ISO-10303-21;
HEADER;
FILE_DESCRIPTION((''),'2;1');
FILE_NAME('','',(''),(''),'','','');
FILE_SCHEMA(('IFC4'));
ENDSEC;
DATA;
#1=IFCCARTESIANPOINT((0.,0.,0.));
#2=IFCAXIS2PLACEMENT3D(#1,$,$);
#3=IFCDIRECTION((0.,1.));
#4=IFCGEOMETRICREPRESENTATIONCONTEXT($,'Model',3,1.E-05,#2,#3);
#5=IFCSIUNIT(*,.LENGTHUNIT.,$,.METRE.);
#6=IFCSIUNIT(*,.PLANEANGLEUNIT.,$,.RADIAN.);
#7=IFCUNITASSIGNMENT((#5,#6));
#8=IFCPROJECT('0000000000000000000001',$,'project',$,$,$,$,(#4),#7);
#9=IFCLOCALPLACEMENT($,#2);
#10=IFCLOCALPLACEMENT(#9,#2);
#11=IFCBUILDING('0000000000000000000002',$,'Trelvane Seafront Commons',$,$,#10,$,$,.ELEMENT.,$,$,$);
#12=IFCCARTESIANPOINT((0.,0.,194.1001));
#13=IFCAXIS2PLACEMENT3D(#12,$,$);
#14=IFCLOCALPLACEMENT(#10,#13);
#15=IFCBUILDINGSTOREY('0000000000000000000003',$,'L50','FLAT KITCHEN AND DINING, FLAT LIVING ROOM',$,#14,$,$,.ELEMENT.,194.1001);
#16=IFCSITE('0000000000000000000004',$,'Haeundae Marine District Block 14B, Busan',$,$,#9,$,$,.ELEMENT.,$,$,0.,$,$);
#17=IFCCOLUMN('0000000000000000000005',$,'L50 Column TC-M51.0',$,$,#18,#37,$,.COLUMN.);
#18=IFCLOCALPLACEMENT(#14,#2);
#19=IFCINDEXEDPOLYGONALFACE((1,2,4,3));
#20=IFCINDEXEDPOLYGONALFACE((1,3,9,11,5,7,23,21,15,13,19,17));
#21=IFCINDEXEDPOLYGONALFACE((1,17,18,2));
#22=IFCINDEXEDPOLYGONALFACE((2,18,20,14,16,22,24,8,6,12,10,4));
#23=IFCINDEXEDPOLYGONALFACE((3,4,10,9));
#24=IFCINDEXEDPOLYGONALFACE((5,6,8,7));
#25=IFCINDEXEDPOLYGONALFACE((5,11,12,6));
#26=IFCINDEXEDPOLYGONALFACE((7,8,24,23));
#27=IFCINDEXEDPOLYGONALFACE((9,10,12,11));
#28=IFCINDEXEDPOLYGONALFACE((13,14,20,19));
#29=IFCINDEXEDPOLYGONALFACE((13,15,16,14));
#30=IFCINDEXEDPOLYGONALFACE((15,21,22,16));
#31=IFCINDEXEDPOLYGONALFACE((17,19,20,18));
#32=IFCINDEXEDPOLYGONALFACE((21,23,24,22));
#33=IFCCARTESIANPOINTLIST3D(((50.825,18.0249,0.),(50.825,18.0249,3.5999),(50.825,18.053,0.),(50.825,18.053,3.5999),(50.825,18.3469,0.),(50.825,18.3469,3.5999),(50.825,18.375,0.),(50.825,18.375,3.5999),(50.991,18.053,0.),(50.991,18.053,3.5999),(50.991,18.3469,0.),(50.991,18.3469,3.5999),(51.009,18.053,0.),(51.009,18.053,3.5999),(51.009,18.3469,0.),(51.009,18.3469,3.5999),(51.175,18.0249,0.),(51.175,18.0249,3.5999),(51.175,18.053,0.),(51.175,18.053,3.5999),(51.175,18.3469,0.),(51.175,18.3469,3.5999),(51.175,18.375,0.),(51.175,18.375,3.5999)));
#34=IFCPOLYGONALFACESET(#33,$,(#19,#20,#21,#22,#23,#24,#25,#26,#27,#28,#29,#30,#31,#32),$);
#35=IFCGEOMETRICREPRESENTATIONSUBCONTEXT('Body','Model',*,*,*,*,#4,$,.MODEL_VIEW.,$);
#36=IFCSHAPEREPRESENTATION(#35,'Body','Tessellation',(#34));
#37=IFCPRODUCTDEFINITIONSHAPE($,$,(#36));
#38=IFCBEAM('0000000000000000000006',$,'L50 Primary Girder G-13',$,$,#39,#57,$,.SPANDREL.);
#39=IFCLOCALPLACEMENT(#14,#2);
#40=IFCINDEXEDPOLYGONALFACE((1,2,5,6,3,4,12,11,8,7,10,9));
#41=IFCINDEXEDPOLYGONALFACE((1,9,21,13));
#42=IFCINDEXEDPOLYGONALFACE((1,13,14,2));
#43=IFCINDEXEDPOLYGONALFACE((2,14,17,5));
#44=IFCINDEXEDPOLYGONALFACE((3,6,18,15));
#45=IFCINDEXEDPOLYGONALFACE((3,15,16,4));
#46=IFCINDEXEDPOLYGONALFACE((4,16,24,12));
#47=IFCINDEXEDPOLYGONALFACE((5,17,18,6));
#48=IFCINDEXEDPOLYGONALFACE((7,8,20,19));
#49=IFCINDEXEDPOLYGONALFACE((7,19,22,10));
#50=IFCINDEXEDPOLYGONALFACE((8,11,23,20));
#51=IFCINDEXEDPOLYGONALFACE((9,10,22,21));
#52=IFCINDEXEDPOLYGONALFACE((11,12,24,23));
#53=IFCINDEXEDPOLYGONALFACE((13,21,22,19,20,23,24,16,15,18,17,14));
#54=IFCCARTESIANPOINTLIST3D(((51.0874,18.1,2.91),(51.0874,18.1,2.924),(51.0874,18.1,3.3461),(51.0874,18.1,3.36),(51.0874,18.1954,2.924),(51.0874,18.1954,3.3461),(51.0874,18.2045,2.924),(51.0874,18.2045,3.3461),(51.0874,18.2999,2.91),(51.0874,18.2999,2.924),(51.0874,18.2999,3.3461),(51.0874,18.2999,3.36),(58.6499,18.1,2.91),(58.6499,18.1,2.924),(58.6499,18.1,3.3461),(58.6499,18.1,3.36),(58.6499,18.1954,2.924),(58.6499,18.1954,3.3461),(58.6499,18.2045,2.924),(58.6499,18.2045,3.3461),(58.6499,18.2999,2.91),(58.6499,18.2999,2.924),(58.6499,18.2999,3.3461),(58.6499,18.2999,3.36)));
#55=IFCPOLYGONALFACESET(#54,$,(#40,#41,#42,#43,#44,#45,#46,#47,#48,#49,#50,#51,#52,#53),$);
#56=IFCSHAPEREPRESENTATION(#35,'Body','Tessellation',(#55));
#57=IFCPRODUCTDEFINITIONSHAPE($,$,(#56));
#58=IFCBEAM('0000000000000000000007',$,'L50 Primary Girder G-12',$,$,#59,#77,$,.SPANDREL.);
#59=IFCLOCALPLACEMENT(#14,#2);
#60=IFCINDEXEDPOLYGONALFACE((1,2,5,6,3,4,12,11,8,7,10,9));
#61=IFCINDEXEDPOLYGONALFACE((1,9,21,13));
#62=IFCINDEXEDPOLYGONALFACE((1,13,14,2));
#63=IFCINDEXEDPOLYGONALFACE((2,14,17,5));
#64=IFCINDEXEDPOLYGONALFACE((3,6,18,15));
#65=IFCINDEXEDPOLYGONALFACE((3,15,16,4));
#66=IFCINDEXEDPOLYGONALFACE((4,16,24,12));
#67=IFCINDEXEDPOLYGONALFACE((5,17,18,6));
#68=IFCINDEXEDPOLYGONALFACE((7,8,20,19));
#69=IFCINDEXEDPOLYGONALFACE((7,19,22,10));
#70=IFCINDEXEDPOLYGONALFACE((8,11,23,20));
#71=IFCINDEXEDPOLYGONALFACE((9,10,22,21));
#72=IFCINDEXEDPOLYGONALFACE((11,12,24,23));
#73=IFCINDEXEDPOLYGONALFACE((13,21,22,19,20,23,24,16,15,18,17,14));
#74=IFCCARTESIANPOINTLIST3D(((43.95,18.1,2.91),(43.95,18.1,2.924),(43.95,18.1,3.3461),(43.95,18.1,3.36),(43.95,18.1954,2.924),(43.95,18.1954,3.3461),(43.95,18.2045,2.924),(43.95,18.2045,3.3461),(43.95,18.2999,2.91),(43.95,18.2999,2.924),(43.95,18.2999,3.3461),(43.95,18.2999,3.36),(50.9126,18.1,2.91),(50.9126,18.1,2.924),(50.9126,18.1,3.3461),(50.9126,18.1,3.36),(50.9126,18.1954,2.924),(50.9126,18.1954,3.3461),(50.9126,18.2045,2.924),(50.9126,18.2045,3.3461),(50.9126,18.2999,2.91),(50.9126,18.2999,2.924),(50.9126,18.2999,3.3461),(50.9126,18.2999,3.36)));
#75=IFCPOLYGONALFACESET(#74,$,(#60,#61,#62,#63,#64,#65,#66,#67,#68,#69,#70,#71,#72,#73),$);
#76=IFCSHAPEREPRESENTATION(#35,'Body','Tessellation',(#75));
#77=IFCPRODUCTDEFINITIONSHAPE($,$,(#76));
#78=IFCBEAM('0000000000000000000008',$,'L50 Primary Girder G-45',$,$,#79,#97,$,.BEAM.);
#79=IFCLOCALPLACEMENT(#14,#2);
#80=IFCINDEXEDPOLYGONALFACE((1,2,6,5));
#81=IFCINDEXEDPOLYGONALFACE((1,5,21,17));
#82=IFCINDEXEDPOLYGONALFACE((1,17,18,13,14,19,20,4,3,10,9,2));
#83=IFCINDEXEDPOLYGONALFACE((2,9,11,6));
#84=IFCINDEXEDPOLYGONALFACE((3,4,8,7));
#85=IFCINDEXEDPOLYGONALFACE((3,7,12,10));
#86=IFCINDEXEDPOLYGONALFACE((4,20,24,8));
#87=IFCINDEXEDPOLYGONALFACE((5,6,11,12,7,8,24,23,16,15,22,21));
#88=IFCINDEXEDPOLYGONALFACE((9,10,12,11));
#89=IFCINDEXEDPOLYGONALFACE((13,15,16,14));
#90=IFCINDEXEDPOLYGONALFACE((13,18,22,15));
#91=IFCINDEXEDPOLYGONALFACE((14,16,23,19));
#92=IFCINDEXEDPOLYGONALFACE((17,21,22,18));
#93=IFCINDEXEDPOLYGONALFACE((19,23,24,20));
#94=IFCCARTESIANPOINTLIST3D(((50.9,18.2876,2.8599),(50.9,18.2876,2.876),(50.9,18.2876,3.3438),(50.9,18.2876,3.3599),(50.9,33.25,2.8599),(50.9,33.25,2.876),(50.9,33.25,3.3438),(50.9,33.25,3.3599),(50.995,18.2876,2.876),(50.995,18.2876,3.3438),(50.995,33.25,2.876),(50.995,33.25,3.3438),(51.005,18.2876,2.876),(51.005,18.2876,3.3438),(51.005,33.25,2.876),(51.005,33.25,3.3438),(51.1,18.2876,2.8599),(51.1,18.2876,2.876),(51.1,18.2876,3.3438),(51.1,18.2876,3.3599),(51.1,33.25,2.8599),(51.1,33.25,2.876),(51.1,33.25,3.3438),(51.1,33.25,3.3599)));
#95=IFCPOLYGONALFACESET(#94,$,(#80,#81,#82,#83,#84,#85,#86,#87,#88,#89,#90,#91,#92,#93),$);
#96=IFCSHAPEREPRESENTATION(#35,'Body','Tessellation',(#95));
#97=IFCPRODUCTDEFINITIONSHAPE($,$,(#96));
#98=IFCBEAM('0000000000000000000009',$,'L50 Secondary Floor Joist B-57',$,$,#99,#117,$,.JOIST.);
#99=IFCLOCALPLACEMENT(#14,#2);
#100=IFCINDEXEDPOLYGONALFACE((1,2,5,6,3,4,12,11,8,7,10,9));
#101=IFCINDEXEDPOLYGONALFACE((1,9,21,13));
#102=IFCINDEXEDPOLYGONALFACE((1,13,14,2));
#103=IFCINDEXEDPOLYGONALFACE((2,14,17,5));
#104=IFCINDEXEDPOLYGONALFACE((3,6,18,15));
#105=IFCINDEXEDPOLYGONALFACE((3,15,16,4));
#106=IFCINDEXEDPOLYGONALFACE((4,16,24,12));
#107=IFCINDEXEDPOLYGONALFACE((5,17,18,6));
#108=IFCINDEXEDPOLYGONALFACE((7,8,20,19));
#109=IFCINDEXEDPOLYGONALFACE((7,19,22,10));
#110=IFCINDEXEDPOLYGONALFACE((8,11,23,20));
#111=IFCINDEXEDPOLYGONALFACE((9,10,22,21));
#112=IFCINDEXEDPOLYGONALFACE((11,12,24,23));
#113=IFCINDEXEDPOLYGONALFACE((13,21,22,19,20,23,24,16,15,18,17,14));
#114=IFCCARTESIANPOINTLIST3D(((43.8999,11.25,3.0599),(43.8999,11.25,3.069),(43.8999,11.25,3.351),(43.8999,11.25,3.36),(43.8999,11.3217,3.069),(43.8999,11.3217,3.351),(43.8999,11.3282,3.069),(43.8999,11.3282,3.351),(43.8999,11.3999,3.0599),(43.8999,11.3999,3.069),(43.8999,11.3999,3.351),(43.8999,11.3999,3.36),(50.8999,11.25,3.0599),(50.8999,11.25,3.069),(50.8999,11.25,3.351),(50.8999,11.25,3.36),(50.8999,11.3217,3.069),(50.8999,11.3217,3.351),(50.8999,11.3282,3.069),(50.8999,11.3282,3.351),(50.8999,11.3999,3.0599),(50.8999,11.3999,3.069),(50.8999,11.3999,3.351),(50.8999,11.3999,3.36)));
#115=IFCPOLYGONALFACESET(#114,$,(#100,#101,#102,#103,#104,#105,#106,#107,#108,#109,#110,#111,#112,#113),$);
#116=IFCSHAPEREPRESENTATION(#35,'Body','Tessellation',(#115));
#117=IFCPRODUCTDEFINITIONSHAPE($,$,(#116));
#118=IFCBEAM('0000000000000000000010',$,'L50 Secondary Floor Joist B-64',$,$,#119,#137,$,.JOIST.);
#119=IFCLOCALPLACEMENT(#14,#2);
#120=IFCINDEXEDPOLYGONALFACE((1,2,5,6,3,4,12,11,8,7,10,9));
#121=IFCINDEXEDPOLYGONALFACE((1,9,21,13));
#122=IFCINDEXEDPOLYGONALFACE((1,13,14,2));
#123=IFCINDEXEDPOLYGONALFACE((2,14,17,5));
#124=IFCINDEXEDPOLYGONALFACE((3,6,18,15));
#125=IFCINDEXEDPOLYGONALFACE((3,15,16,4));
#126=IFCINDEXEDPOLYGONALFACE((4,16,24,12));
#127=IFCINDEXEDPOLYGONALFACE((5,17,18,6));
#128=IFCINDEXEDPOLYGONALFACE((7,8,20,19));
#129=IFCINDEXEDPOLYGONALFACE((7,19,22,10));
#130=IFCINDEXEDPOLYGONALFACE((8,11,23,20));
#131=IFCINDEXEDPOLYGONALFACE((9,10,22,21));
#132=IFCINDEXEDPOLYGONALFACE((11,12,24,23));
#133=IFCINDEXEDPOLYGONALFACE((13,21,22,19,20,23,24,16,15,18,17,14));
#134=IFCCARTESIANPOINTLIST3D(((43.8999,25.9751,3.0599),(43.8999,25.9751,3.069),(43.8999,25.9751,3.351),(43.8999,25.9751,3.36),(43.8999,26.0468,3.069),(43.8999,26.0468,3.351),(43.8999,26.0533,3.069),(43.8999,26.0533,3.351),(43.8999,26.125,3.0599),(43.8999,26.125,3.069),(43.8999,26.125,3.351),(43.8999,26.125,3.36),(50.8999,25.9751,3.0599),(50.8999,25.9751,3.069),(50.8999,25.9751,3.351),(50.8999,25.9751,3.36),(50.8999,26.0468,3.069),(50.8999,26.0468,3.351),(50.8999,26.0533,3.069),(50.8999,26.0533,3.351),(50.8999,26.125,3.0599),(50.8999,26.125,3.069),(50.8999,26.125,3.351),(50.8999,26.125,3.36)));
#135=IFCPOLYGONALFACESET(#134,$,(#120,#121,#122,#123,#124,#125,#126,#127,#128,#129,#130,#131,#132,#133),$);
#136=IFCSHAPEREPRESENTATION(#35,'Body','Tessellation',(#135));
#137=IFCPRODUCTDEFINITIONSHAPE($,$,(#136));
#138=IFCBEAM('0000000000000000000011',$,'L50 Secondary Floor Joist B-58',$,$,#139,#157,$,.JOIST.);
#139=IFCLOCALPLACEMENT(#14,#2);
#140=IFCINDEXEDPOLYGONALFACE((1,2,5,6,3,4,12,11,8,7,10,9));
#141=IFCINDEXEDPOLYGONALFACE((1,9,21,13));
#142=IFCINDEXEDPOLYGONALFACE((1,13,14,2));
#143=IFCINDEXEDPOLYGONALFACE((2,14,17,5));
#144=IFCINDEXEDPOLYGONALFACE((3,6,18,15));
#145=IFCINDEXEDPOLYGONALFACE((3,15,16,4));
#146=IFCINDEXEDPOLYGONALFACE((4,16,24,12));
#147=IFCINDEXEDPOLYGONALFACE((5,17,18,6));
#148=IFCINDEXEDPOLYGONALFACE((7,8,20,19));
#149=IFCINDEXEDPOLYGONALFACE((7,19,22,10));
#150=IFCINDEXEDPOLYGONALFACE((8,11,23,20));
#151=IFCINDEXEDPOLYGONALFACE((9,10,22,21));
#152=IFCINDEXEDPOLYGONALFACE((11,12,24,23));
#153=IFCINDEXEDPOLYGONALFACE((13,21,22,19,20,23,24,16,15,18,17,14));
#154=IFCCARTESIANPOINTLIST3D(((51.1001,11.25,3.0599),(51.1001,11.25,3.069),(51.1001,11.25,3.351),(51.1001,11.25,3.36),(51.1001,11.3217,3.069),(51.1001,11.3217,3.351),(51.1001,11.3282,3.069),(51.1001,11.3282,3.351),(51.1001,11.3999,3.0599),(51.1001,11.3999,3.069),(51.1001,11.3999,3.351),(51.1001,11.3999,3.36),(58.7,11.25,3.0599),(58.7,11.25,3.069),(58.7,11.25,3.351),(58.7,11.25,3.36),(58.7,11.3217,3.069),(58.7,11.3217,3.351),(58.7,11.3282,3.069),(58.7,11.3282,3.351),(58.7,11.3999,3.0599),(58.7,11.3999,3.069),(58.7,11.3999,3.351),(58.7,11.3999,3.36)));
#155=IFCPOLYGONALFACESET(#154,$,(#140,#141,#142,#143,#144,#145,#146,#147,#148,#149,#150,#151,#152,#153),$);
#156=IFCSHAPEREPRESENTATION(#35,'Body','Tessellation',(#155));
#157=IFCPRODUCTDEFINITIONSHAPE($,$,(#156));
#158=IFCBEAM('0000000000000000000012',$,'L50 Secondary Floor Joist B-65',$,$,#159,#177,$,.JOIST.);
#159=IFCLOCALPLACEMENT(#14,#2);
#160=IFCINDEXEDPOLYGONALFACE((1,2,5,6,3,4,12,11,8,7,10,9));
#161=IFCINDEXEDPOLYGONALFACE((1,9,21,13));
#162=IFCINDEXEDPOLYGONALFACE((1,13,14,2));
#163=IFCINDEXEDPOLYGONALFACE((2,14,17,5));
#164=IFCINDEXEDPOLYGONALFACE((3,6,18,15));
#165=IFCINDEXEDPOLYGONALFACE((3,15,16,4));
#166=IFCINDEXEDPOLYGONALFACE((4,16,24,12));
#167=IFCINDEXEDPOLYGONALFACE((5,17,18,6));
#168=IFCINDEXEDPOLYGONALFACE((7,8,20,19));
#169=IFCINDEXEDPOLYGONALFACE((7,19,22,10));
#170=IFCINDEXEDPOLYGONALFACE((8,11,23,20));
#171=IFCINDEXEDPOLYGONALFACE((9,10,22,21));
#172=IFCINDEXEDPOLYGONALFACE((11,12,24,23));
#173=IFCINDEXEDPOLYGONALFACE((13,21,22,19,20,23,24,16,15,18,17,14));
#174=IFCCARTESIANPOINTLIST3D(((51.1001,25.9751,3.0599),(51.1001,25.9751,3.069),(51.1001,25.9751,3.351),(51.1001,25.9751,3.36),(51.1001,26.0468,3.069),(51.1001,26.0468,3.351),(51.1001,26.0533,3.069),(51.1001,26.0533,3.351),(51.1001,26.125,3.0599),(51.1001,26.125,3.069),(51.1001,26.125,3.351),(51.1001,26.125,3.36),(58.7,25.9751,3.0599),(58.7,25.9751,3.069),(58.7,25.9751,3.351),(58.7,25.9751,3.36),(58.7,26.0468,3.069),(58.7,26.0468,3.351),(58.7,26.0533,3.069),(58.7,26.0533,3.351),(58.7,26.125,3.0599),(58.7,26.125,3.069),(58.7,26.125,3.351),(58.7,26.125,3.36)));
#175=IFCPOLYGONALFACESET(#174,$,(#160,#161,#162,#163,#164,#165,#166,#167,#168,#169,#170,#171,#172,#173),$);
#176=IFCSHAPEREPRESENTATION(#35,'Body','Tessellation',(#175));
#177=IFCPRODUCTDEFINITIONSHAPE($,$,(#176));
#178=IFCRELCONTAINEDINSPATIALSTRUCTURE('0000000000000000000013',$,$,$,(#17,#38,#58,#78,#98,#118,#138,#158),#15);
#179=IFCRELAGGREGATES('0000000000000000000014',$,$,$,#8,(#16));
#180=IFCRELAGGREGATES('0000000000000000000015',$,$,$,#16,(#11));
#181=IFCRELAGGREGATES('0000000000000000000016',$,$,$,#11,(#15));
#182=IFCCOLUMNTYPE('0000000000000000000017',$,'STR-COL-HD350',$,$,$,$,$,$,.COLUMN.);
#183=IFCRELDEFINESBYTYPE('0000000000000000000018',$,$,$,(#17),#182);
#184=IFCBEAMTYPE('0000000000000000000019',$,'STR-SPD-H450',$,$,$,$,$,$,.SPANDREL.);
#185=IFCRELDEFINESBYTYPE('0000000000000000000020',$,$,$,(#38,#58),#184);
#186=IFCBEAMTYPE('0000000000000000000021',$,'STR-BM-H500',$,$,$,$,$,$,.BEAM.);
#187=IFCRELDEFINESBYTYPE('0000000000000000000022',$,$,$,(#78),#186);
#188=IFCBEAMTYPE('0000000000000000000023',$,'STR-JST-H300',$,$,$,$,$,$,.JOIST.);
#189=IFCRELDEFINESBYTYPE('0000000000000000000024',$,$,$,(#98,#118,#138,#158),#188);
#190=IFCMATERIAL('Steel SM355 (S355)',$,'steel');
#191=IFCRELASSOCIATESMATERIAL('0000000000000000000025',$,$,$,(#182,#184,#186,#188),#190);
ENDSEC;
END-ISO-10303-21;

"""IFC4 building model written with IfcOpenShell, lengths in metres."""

from ifc_helpers import new_model, si_unit, direction, frame, origin, origin_2d, place, context, subcontext, project, spatial, i_section, extrude, source, transform, mapped, material, material_profile, profile_set, type_object, element, save


model = new_model("IFC4")

# Units and contexts
model_context = context("Model", 3, precision=1e-05, world=origin(), true_north=direction((0.0, 1.0)))
body_context = subcontext(model_context, "Body", "Model", "MODEL_VIEW")
ifc_project = project(units=[si_unit("LENGTHUNIT", "METRE"), si_unit("PLANEANGLEUNIT", "RADIAN")], contexts=[model_context])

# Site, building, storey
site_placement = place(None, origin())
site = spatial("IfcSite", under=ifc_project, at=site_placement, Name="Haeundae Marine District Block 14B, Busan", CompositionType="ELEMENT", RefElevation=0.0)
building_placement = place(site_placement, origin())
building = spatial("IfcBuilding", under=site, at=building_placement, Name="Trelvane Seafront Commons", CompositionType="ELEMENT")
storey_placement = place(building_placement, frame((0.0, 0.0, 194.1001)))
storey = spatial("IfcBuildingStorey", under=building, at=storey_placement, Name="L50", Description="FLAT KITCHEN AND DINING, FLAT LIVING ROOM", CompositionType="ELEMENT", Elevation=194.1001)

# Column
ifc_material_1 = material(Name="Steel SM355 (S355)", Category="steel")
ifc_material_profile_1 = material_profile(ifc_material_1, i_section(OverallWidth=0.3501, OverallDepth=0.3501, WebThickness=0.0181, FlangeThickness=0.0281, at=origin_2d()), Name="HD-350x350x18x28")
ifc_profile_set_1 = profile_set([ifc_material_profile_1], Name="Steel SM355 (S355)")
column_type = type_object("IfcColumnType", Name="STR-COL-HD350", PredefinedType="COLUMN", material=ifc_profile_set_1)
shared_shape_1 = source(origin(), body_context, "Body", "SweptSolid", [
    extrude(i_section(OverallWidth=0.3501, OverallDepth=0.3501, WebThickness=0.0181, FlangeThickness=0.0281, at=origin_2d()), origin(), (0.0, 0.0, 1.0), 3.5999),
])
column_placement = place(storey_placement, frame((51.0, 18.2, 0.0), z_axis=(0.0, 0.0, 1.0), x_axis=(1.0, 0.0, 0.0)))
element("IfcColumn", 1, at=column_placement, inside=storey, type_object=column_type, Name="L50 Column TC-M51.0", PredefinedType="COLUMN", context=body_context, shape_type="MappedRepresentation", body=[
    mapped(shared_shape_1, transform((0.0, 0.0, 0.0), x_axis=(1.0, 0.0, 0.0), y_axis=(0.0, 1.0, 0.0), z_axis=(0.0, 0.0, 1.0), scale=1.0)),
])

# Beams
ifc_material_profile_2 = material_profile(ifc_material_1, i_section(OverallWidth=0.2, OverallDepth=0.45, WebThickness=0.009, FlangeThickness=0.0139, at=origin_2d()), Name="H-450x200x9x14")
ifc_profile_set_2 = profile_set([ifc_material_profile_2], Name="Steel SM355 (S355)")
beam_type_1 = type_object("IfcBeamType", Name="STR-SPD-H450", PredefinedType="SPANDREL", material=ifc_profile_set_2)
shared_shape_2 = source(origin(), body_context, "Body", "SweptSolid", [
    extrude(i_section(OverallWidth=0.2, OverallDepth=0.45, WebThickness=0.009, FlangeThickness=0.0139, at=origin_2d()), origin(), (0.0, 0.0, 1.0), 7.5625),
])
beam_1_placement = place(storey_placement, frame((51.0874, 18.2, 3.135), z_axis=(1.0, 0.0, 0.0), x_axis=(0.0, 1.0, 0.0)))
element("IfcBeam", 2, at=beam_1_placement, inside=storey, type_object=beam_type_1, Name="L50 Primary Girder G-13", PredefinedType="SPANDREL", context=body_context, shape_type="MappedRepresentation", body=[
    mapped(shared_shape_2, transform((0.0, 0.0, 0.0), x_axis=(1.0, 0.0, 0.0), y_axis=(0.0, 1.0, 0.0), z_axis=(0.0, 0.0, 1.0), scale=1.0)),
])
shared_shape_3 = source(origin(), body_context, "Body", "SweptSolid", [
    extrude(i_section(OverallWidth=0.2, OverallDepth=0.45, WebThickness=0.009, FlangeThickness=0.0139, at=origin_2d()), origin(), (0.0, 0.0, 1.0), 6.9626),
])
beam_2_placement = place(storey_placement, frame((43.95, 18.2, 3.135), z_axis=(1.0, 0.0, 0.0), x_axis=(0.0, 1.0, 0.0)))
element("IfcBeam", 3, at=beam_2_placement, inside=storey, type_object=beam_type_1, Name="L50 Primary Girder G-12", PredefinedType="SPANDREL", context=body_context, shape_type="MappedRepresentation", body=[
    mapped(shared_shape_3, transform((0.0, 0.0, 0.0), x_axis=(1.0, 0.0, 0.0), y_axis=(0.0, 1.0, 0.0), z_axis=(0.0, 0.0, 1.0), scale=1.0)),
])
ifc_material_profile_3 = material_profile(ifc_material_1, i_section(OverallWidth=0.2, OverallDepth=0.5, WebThickness=0.01, FlangeThickness=0.0161, at=origin_2d()), Name="H-500x200x10x16")
ifc_profile_set_3 = profile_set([ifc_material_profile_3], Name="Steel SM355 (S355)")
beam_type_2 = type_object("IfcBeamType", Name="STR-BM-H500", PredefinedType="BEAM", material=ifc_profile_set_3)
shared_shape_4 = source(origin(), body_context, "Body", "SweptSolid", [
    extrude(i_section(OverallWidth=0.2, OverallDepth=0.5, WebThickness=0.01, FlangeThickness=0.0161, at=origin_2d()), origin(), (0.0, 0.0, 1.0), 14.9624),
])
beam_3_placement = place(storey_placement, frame((51.0, 18.2876, 3.1099), z_axis=(0.0, 1.0, 0.0), x_axis=(-1.0, 0.0, 0.0)))
element("IfcBeam", 4, at=beam_3_placement, inside=storey, type_object=beam_type_2, Name="L50 Primary Girder G-45", PredefinedType="BEAM", context=body_context, shape_type="MappedRepresentation", body=[
    mapped(shared_shape_4, transform((0.0, 0.0, 0.0), x_axis=(1.0, 0.0, 0.0), y_axis=(0.0, 1.0, 0.0), z_axis=(0.0, 0.0, 1.0), scale=1.0)),
])
ifc_material_profile_4 = material_profile(ifc_material_1, i_section(OverallWidth=0.1499, OverallDepth=0.3, WebThickness=0.0066, FlangeThickness=0.009, at=origin_2d()), Name="H-300x150x6.5x9")
ifc_profile_set_4 = profile_set([ifc_material_profile_4], Name="Steel SM355 (S355)")
beam_type_3 = type_object("IfcBeamType", Name="STR-JST-H300", PredefinedType="JOIST", material=ifc_profile_set_4)
shared_shape_5 = source(origin(), body_context, "Body", "SweptSolid", [
    extrude(i_section(OverallWidth=0.1499, OverallDepth=0.3, WebThickness=0.0066, FlangeThickness=0.009, at=origin_2d()), origin(), (0.0, 0.0, 1.0), 7.0),
])
for number, where, z_axis, x_axis, name in (
    (5, (43.8999, 11.325, 3.21), (1.0, 0.0, 0.0), (0.0, 1.0, 0.0), "L50 Secondary Floor Joist B-57"),
    (6, (43.8999, 26.05, 3.21), (1.0, 0.0, 0.0), (0.0, 1.0, 0.0), "L50 Secondary Floor Joist B-64"),
):
    element("IfcBeam", number, at=place(storey_placement, frame(where, z_axis=z_axis, x_axis=x_axis)), inside=storey, type_object=beam_type_3, Name=name, PredefinedType="JOIST", context=body_context, shape_type="MappedRepresentation", body=[
        mapped(shared_shape_5, transform((0.0, 0.0, 0.0), x_axis=(1.0, 0.0, 0.0), y_axis=(0.0, 1.0, 0.0), z_axis=(0.0, 0.0, 1.0), scale=1.0)),
    ])
shared_shape_6 = source(origin(), body_context, "Body", "SweptSolid", [
    extrude(i_section(OverallWidth=0.1499, OverallDepth=0.3, WebThickness=0.0066, FlangeThickness=0.009, at=origin_2d()), origin(), (0.0, 0.0, 1.0), 7.5999),
])
for number, where, z_axis, x_axis, name in (
    (7, (51.1001, 11.325, 3.21), (1.0, 0.0, 0.0), (0.0, 1.0, 0.0), "L50 Secondary Floor Joist B-58"),
    (8, (51.1001, 26.05, 3.21), (1.0, 0.0, 0.0), (0.0, 1.0, 0.0), "L50 Secondary Floor Joist B-65"),
):
    element("IfcBeam", number, at=place(storey_placement, frame(where, z_axis=z_axis, x_axis=x_axis)), inside=storey, type_object=beam_type_3, Name=name, PredefinedType="JOIST", context=body_context, shape_type="MappedRepresentation", body=[
        mapped(shared_shape_6, transform((0.0, 0.0, 0.0), x_axis=(1.0, 0.0, 0.0), y_axis=(0.0, 1.0, 0.0), z_axis=(0.0, 0.0, 1.0), scale=1.0)),
    ])

save(model, "model.ifc")
